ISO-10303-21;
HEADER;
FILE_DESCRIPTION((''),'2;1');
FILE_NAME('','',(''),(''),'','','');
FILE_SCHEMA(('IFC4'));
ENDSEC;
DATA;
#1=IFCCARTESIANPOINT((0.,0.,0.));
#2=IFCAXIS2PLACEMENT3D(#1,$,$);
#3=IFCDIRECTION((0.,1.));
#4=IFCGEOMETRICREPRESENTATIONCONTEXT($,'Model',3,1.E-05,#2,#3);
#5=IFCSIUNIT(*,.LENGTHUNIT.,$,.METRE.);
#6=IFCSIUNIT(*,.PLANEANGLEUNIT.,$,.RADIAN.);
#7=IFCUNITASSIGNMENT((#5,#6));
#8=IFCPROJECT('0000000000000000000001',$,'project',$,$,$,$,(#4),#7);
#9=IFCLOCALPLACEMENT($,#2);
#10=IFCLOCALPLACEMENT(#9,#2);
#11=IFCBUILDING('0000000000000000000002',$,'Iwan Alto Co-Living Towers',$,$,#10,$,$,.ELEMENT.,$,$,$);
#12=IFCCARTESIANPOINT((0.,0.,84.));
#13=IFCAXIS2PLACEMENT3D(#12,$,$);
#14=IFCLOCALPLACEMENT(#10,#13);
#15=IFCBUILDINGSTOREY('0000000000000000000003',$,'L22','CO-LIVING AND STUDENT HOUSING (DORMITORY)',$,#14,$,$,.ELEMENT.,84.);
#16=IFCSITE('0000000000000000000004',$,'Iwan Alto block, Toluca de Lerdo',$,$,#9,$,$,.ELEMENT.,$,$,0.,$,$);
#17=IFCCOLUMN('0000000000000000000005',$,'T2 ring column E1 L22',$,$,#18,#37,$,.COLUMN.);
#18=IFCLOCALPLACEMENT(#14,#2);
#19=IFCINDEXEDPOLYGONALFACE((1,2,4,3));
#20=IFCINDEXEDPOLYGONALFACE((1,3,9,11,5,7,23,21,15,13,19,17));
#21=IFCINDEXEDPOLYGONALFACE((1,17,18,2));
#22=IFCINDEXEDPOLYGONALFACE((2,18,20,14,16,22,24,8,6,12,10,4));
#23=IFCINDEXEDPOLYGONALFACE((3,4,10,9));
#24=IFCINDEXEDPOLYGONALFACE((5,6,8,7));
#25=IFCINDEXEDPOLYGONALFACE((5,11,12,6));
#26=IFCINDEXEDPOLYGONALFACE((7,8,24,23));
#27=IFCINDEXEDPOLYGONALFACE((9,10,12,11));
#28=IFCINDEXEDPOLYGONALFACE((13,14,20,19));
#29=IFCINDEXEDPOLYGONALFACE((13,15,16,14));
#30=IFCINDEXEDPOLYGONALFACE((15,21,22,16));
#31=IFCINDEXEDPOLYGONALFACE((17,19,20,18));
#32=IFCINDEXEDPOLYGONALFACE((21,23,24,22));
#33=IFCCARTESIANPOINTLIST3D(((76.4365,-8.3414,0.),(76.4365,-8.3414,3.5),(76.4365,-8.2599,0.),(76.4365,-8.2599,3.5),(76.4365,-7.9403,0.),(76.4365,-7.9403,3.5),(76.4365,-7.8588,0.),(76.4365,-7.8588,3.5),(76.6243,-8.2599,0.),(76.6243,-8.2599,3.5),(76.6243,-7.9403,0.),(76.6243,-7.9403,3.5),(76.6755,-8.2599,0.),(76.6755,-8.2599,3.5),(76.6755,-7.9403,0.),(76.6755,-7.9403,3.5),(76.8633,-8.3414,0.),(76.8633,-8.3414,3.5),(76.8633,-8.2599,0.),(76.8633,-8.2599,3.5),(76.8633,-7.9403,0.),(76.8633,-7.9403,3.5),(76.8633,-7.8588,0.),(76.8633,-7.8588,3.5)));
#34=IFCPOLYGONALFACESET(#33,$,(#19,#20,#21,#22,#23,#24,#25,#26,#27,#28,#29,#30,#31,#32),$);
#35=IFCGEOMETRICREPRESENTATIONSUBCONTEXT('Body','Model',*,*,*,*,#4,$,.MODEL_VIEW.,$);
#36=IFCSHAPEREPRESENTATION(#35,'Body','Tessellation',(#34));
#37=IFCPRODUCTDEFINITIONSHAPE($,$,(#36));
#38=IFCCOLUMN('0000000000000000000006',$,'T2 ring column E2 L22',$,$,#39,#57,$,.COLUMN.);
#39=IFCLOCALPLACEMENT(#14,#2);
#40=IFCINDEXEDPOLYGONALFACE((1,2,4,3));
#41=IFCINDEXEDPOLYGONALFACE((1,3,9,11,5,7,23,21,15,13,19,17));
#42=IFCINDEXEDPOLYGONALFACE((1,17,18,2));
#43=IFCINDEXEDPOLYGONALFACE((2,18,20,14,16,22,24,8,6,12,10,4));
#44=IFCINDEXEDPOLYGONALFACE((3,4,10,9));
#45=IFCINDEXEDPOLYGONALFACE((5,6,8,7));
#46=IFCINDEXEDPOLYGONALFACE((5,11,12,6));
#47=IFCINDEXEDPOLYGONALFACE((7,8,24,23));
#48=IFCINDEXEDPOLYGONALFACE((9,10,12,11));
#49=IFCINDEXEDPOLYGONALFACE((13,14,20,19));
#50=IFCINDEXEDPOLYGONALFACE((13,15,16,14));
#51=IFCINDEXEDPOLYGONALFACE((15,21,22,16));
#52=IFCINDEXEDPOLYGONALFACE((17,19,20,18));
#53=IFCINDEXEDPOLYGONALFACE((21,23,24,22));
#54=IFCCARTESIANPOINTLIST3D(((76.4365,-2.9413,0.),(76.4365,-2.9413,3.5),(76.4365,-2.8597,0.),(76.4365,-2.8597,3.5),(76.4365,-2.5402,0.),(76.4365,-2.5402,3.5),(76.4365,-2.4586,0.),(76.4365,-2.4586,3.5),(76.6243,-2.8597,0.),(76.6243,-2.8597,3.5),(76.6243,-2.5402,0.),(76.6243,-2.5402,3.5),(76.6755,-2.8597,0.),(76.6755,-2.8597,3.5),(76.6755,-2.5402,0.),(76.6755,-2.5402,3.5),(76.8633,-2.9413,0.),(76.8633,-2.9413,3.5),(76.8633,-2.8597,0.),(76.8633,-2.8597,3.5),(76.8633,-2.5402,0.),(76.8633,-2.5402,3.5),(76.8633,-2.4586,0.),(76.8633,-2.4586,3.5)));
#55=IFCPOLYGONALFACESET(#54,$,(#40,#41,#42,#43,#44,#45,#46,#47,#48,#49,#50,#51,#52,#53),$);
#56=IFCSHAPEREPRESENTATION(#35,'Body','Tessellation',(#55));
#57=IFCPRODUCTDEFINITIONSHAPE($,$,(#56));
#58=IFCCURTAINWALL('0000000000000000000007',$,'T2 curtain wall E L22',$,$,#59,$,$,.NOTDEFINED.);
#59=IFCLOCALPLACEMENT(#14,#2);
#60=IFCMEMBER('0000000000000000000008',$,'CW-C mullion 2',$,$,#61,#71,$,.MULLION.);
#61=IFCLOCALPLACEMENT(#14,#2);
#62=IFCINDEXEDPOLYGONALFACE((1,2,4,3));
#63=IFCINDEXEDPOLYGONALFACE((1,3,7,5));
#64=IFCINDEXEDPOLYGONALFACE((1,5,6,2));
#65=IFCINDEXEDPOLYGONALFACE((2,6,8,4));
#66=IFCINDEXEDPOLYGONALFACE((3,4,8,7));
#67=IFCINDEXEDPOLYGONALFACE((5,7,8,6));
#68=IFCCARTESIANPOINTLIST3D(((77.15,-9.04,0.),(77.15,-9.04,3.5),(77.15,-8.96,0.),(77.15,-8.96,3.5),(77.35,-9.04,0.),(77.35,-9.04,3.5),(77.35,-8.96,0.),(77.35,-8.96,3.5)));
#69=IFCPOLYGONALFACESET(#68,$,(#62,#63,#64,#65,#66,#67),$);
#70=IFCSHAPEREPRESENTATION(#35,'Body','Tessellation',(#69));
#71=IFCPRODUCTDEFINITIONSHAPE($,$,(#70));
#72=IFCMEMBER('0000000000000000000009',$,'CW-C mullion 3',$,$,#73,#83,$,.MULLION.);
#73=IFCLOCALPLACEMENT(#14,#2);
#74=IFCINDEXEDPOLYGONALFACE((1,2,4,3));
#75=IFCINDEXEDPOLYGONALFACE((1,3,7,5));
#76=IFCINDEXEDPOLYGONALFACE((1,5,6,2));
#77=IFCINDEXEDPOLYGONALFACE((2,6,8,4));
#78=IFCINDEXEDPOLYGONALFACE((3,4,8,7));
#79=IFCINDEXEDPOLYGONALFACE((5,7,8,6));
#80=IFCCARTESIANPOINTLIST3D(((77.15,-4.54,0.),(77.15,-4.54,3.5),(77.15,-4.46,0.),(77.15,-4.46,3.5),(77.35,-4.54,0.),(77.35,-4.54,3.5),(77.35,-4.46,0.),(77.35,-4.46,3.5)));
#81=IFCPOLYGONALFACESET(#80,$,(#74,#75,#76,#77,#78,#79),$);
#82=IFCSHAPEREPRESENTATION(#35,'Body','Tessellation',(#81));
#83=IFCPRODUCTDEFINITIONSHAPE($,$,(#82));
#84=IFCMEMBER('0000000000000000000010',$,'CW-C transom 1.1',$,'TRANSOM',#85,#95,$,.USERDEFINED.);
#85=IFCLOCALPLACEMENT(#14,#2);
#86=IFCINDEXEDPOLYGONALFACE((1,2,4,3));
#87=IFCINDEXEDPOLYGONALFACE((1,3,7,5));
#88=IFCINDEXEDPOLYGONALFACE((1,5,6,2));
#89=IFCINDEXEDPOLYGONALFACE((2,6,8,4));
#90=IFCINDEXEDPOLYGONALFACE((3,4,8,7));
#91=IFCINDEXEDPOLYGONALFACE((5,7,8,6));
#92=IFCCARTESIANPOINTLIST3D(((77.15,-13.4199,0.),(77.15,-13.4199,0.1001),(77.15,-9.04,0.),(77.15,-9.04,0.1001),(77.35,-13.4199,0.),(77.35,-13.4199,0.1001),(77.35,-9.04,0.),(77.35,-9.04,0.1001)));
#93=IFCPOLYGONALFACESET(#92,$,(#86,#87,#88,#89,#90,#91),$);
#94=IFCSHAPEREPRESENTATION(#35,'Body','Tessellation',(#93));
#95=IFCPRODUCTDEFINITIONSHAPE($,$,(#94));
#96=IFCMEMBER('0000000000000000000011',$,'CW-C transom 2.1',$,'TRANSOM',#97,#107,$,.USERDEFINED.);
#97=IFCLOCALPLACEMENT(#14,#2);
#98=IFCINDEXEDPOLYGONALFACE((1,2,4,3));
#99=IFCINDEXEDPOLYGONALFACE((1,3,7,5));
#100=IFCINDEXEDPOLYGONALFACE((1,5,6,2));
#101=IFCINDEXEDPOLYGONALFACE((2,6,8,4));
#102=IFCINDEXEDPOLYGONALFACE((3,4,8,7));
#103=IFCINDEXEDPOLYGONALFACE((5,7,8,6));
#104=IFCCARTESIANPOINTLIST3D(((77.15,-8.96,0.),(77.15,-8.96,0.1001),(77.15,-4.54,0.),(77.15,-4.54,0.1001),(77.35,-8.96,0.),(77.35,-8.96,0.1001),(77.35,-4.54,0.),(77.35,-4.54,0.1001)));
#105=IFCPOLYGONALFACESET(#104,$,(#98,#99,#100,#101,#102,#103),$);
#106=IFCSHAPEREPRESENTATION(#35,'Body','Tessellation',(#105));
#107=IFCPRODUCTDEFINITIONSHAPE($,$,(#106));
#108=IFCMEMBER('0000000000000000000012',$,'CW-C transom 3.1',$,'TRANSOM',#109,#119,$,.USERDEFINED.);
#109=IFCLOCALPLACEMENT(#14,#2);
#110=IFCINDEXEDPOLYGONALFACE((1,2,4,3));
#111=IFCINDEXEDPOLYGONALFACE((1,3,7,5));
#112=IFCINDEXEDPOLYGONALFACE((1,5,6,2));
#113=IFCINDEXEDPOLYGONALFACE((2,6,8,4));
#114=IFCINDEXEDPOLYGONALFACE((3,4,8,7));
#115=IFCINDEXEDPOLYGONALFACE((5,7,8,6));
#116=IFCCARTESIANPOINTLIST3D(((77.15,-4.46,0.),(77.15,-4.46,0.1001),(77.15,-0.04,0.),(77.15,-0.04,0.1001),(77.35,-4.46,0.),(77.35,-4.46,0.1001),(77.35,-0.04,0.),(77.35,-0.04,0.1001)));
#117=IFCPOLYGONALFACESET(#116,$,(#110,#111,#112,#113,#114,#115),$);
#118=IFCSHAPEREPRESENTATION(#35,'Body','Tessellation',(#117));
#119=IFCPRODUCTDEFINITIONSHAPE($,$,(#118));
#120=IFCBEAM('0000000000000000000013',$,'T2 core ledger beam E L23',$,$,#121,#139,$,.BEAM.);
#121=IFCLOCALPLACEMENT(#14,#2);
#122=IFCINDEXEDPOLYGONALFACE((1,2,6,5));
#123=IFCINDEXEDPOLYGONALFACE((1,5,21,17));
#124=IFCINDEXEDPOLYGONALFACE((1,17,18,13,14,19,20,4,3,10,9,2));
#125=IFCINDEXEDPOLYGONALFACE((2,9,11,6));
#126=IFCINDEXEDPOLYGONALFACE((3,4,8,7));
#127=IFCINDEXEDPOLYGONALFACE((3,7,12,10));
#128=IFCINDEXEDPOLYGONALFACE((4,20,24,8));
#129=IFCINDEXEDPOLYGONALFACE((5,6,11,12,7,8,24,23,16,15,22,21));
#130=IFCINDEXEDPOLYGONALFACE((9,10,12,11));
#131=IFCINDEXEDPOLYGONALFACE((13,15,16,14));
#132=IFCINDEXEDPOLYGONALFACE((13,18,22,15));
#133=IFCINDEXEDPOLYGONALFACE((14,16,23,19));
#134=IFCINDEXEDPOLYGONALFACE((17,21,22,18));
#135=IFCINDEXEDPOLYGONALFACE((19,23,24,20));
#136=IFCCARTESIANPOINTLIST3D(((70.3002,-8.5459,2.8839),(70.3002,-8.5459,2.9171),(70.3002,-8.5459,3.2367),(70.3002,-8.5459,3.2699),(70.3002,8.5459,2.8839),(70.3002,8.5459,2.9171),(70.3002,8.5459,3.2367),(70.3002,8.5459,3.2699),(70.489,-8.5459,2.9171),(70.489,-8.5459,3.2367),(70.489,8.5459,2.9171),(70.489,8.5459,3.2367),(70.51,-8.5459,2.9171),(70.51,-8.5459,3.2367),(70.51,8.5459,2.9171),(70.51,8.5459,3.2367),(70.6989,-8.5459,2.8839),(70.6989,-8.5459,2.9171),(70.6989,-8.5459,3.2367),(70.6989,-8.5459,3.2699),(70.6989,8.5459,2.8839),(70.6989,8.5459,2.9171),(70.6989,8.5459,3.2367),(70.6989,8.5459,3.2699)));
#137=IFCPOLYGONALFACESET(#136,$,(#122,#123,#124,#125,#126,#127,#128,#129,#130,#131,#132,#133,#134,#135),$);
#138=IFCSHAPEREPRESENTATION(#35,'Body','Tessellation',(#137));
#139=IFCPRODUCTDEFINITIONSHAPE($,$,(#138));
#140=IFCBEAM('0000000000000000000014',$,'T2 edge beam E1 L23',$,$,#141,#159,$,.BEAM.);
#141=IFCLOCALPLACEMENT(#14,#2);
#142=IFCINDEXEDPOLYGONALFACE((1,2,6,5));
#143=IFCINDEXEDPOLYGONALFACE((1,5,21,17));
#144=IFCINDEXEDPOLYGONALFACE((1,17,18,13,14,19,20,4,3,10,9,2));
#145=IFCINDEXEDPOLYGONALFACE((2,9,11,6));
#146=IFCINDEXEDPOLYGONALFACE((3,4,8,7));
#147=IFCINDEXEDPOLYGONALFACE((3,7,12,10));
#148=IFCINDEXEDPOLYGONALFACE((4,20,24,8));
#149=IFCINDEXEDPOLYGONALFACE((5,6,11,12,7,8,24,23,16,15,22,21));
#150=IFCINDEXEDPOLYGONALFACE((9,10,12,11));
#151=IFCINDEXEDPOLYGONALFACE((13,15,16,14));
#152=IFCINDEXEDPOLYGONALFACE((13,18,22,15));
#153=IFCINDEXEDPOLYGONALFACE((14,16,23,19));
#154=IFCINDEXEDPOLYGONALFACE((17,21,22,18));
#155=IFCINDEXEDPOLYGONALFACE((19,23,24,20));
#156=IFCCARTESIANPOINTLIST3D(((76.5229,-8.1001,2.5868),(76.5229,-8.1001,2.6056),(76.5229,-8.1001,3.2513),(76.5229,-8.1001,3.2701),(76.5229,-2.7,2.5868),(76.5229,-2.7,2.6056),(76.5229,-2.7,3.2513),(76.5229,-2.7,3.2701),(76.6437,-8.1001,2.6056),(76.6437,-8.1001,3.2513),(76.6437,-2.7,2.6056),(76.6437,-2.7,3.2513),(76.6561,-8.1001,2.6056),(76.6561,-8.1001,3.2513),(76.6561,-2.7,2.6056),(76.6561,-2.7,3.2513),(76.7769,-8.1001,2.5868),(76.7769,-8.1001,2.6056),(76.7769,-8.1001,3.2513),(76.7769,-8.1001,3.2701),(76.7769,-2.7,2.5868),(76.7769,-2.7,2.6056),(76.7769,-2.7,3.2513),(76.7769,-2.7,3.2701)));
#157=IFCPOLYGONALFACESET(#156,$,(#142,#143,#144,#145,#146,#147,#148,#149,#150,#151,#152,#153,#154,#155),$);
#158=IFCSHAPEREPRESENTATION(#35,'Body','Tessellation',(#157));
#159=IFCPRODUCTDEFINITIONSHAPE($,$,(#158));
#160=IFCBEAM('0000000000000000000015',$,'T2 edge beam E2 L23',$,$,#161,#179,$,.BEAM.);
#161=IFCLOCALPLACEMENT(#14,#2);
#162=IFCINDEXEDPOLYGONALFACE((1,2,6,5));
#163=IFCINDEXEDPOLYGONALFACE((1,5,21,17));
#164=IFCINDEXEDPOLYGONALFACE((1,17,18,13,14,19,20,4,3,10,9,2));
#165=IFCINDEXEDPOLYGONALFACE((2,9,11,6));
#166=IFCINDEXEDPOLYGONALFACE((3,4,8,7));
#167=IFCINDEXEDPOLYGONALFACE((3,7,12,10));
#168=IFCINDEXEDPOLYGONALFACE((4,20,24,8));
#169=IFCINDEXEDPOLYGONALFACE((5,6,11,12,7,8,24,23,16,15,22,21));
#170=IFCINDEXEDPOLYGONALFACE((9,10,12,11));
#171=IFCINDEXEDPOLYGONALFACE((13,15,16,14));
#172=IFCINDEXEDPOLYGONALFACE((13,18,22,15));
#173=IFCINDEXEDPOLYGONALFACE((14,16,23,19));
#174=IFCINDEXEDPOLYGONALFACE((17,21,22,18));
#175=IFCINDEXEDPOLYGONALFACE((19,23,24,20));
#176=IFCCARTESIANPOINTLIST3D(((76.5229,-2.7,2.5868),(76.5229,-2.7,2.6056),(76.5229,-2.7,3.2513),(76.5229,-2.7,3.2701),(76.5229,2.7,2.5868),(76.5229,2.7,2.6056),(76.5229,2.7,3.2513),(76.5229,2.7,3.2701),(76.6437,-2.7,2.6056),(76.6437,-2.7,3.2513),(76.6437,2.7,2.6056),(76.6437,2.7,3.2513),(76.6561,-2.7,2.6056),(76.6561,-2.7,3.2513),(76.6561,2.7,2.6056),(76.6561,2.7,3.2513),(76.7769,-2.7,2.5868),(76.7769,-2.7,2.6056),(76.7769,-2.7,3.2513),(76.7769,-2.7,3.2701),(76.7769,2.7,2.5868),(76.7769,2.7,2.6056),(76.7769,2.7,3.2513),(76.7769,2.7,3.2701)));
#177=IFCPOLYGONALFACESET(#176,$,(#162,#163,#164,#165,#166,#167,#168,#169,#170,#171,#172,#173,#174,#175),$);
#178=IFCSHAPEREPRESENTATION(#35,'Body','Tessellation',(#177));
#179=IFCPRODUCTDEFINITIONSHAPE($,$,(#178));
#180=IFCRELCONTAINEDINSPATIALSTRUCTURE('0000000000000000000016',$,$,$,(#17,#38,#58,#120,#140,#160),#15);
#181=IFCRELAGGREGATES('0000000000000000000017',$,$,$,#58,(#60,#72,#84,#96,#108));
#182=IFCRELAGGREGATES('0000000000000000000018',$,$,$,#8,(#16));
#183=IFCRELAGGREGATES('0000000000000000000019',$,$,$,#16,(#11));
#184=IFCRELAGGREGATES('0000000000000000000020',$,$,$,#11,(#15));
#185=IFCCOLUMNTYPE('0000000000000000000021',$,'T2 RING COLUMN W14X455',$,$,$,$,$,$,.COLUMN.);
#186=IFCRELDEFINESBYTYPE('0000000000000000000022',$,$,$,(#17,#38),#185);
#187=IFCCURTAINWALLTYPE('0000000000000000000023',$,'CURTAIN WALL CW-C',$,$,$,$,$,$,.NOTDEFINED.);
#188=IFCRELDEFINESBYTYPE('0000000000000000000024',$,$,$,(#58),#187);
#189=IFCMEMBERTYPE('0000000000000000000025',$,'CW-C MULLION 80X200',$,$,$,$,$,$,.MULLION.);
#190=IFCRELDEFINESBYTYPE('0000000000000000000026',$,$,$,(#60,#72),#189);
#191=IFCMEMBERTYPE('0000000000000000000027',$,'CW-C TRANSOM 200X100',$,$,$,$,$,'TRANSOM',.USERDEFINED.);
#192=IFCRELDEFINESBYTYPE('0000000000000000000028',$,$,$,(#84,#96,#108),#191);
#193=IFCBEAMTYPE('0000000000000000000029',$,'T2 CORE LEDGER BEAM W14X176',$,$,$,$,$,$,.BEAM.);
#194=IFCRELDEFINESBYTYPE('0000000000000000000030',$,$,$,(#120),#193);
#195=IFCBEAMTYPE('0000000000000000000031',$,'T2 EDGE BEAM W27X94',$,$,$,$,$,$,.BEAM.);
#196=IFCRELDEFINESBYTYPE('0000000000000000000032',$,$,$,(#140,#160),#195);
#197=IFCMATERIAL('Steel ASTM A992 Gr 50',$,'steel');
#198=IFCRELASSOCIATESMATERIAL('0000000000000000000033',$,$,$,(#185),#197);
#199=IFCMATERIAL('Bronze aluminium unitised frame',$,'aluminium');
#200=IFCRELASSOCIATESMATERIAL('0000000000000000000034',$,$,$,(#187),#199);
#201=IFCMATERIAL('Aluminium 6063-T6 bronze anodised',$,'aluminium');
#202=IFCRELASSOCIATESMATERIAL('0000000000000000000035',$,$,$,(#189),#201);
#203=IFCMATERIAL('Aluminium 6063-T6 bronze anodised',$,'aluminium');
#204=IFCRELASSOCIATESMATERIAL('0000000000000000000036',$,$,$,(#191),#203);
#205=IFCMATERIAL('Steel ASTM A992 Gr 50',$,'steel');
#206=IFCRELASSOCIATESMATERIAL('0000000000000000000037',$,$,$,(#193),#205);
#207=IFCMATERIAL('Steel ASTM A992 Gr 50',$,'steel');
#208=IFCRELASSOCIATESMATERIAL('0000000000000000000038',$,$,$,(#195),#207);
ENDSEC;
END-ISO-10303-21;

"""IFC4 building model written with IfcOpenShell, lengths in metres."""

from ifc_helpers import new_model, si_unit, direction, frame, origin, origin_2d, place, context, subcontext, project, spatial, rectangle, i_section, extrude, material, material_profile, profile_set, type_object, element, aggregate, save


model = new_model("IFC4")

# Units and contexts
model_context = context("Model", 3, precision=1e-05, world=origin(), true_north=direction((0.0, 1.0)))
body_context = subcontext(model_context, "Body", "Model", "MODEL_VIEW")
ifc_project = project(units=[si_unit("LENGTHUNIT", "METRE"), si_unit("PLANEANGLEUNIT", "RADIAN")], contexts=[model_context])

# Site, building, storey
site_placement = place(None, origin())
site = spatial("IfcSite", under=ifc_project, at=site_placement, Name="Iwan Alto block, Toluca de Lerdo", CompositionType="ELEMENT", RefElevation=0.0)
building_placement = place(site_placement, origin())
building = spatial("IfcBuilding", under=site, at=building_placement, Name="Iwan Alto Co-Living Towers", CompositionType="ELEMENT")
storey_placement = place(building_placement, frame((0.0, 0.0, 84.0)))
storey = spatial("IfcBuildingStorey", under=building, at=storey_placement, Name="L22", Description="CO-LIVING AND STUDENT HOUSING (DORMITORY)", CompositionType="ELEMENT", Elevation=84.0)

# Columns
ifc_material_1 = material(Name="Steel ASTM A992 Gr 50", Category="steel")
ifc_material_profile_1 = material_profile(ifc_material_1, i_section(OverallWidth=0.4268, OverallDepth=0.4827, WebThickness=0.0513, FlangeThickness=0.0815, at=origin_2d()), Name="W14X455")
ifc_profile_set_1 = profile_set([ifc_material_profile_1], Name="Steel ASTM A992 Gr 50")
column_type = type_object("IfcColumnType", Name="T2 RING COLUMN W14X455", PredefinedType="COLUMN", material=ifc_profile_set_1)
for number, where, z_axis, x_axis, name in (
    (1, (76.6499, -8.1001, 0.0), (0.0, 0.0, 1.0), (1.0, 0.0, 0.0), "T2 ring column E1 L22"),
    (2, (76.6499, -2.7, 0.0), (0.0, 0.0, 1.0), (1.0, 0.0, 0.0), "T2 ring column E2 L22"),
):
    element("IfcColumn", number, at=place(storey_placement, frame(where, z_axis=z_axis, x_axis=x_axis)), inside=storey, type_object=column_type, Name=name, PredefinedType="COLUMN", context=body_context, shape_type="SweptSolid", body=[
        extrude(i_section(OverallWidth=0.4268, OverallDepth=0.4827, WebThickness=0.0513, FlangeThickness=0.0815, at=origin_2d()), origin(), (0.0, 0.0, 1.0), 3.5),
    ])

# Curtain wall, members
ifc_material_2 = material(Name="Bronze aluminium unitised frame", Category="aluminium")
curtain_wall_type = type_object("IfcCurtainWallType", Name="CURTAIN WALL CW-C", PredefinedType="NOTDEFINED", material=ifc_material_2)
curtain_wall_placement = place(storey_placement, origin())
curtain_wall = element("IfcCurtainWall", 3, at=curtain_wall_placement, inside=storey, type_object=curtain_wall_type, Name="T2 curtain wall E L22", PredefinedType="NOTDEFINED")
ifc_material_3 = material(Name="Aluminium 6063-T6 bronze anodised", Category="aluminium")
ifc_material_profile_2 = material_profile(ifc_material_3, rectangle(XDim=0.2, YDim=0.0801, at=origin_2d()), Name="AL 80X200")
ifc_profile_set_2 = profile_set([ifc_material_profile_2], Name="Aluminium 6063-T6 bronze anodised")
member_type_1 = type_object("IfcMemberType", Name="CW-C MULLION 80X200", PredefinedType="MULLION", material=ifc_profile_set_2)
member_1_placement = place(storey_placement, frame((77.25, -9.0, 0.0), z_axis=(0.0, 0.0, 1.0), x_axis=(-1.0, 0.0, 0.0)))
member_1 = element("IfcMember", 4, at=member_1_placement, type_object=member_type_1, Name="CW-C mullion 2", PredefinedType="MULLION", context=body_context, shape_type="SweptSolid", body=[
    extrude(rectangle(XDim=0.2, YDim=0.0801, at=origin_2d()), origin(), (0.0, 0.0, 1.0), 3.5),
])
member_2_placement = place(storey_placement, frame((77.25, -4.5, 0.0), z_axis=(0.0, 0.0, 1.0), x_axis=(-1.0, 0.0, 0.0)))
member_2 = element("IfcMember", 5, at=member_2_placement, type_object=member_type_1, Name="CW-C mullion 3", PredefinedType="MULLION", context=body_context, shape_type="SweptSolid", body=[
    extrude(rectangle(XDim=0.2, YDim=0.0801, at=origin_2d()), origin(), (0.0, 0.0, 1.0), 3.5),
])
ifc_material_4 = material(Name="Aluminium 6063-T6 bronze anodised", Category="aluminium")
ifc_material_profile_3 = material_profile(ifc_material_4, rectangle(XDim=0.2, YDim=0.1001, at=origin_2d()), Name="AL 200X100")
ifc_profile_set_3 = profile_set([ifc_material_profile_3], Name="Aluminium 6063-T6 bronze anodised")
member_type_2 = type_object("IfcMemberType", Name="CW-C TRANSOM 200X100", ElementType="TRANSOM", PredefinedType="USERDEFINED", material=ifc_profile_set_3)
member_3_placement = place(storey_placement, frame((77.25, -13.4199, 0.05), z_axis=(0.0, 1.0, 0.0), x_axis=(-1.0, 0.0, 0.0)))
member_3 = element("IfcMember", 6, at=member_3_placement, type_object=member_type_2, Name="CW-C transom 1.1", ObjectType="TRANSOM", PredefinedType="USERDEFINED", context=body_context, shape_type="SweptSolid", body=[
    extrude(rectangle(XDim=0.2, YDim=0.1001, at=origin_2d()), origin(), (0.0, 0.0, 1.0), 4.3799),
])
member_4_placement = place(storey_placement, frame((77.25, -8.96, 0.05), z_axis=(0.0, 1.0, 0.0), x_axis=(-1.0, 0.0, 0.0)))
member_4 = element("IfcMember", 7, at=member_4_placement, type_object=member_type_2, Name="CW-C transom 2.1", ObjectType="TRANSOM", PredefinedType="USERDEFINED", context=body_context, shape_type="SweptSolid", body=[
    extrude(rectangle(XDim=0.2, YDim=0.1001, at=origin_2d()), origin(), (0.0, 0.0, 1.0), 4.4199),
])
member_5_placement = place(storey_placement, frame((77.25, -4.46, 0.05), z_axis=(0.0, 1.0, 0.0), x_axis=(-1.0, 0.0, 0.0)))
member_5 = element("IfcMember", 8, at=member_5_placement, type_object=member_type_2, Name="CW-C transom 3.1", ObjectType="TRANSOM", PredefinedType="USERDEFINED", context=body_context, shape_type="SweptSolid", body=[
    extrude(rectangle(XDim=0.2, YDim=0.1001, at=origin_2d()), origin(), (0.0, 0.0, 1.0), 4.4199),
])

# Beams
ifc_material_5 = material(Name="Steel ASTM A992 Gr 50", Category="steel")
ifc_material_profile_4 = material_profile(ifc_material_5, i_section(OverallWidth=0.3987, OverallDepth=0.386, WebThickness=0.021, FlangeThickness=0.0332, at=origin_2d()), Name="W14X176")
ifc_profile_set_4 = profile_set([ifc_material_profile_4], Name="Steel ASTM A992 Gr 50")
beam_type_1 = type_object("IfcBeamType", Name="T2 CORE LEDGER BEAM W14X176", PredefinedType="BEAM", material=ifc_profile_set_4)
beam_1_placement = place(storey_placement, frame((70.4995, -8.5459, 3.0769), z_axis=(0.0, 1.0, 0.0), x_axis=(-1.0, 0.0, 0.0)))
element("IfcBeam", 9, at=beam_1_placement, inside=storey, type_object=beam_type_1, Name="T2 core ledger beam E L23", PredefinedType="BEAM", context=body_context, shape_type="SweptSolid", body=[
    extrude(i_section(OverallWidth=0.3987, OverallDepth=0.386, WebThickness=0.021, FlangeThickness=0.0332, at=origin_2d()), origin(), (0.0, 0.0, 1.0), 17.0918),
])
ifc_material_6 = material(Name="Steel ASTM A992 Gr 50", Category="steel")
ifc_material_profile_5 = material_profile(ifc_material_6, i_section(OverallWidth=0.2539, OverallDepth=0.6833, WebThickness=0.0125, FlangeThickness=0.0188, at=origin_2d()), Name="W27X94")
ifc_profile_set_5 = profile_set([ifc_material_profile_5], Name="Steel ASTM A992 Gr 50")
beam_type_2 = type_object("IfcBeamType", Name="T2 EDGE BEAM W27X94", PredefinedType="BEAM", material=ifc_profile_set_5)
beam_2_placement = place(storey_placement, frame((76.6499, -8.1001, 2.9285), z_axis=(0.0, 1.0, 0.0), x_axis=(-1.0, 0.0, 0.0)))
element("IfcBeam", 10, at=beam_2_placement, inside=storey, type_object=beam_type_2, Name="T2 edge beam E1 L23", PredefinedType="BEAM", context=body_context, shape_type="SweptSolid", body=[
    extrude(i_section(OverallWidth=0.2539, OverallDepth=0.6833, WebThickness=0.0125, FlangeThickness=0.0188, at=origin_2d()), origin(), (0.0, 0.0, 1.0), 5.4001),
])
beam_3_placement = place(storey_placement, frame((76.6499, -2.7, 2.9285), z_axis=(0.0, 1.0, 0.0), x_axis=(-1.0, 0.0, 0.0)))
element("IfcBeam", 11, at=beam_3_placement, inside=storey, type_object=beam_type_2, Name="T2 edge beam E2 L23", PredefinedType="BEAM", context=body_context, shape_type="SweptSolid", body=[
    extrude(i_section(OverallWidth=0.2539, OverallDepth=0.6833, WebThickness=0.0125, FlangeThickness=0.0188, at=origin_2d()), origin(), (0.0, 0.0, 1.0), 5.3999),
])

aggregate(curtain_wall, [member_1, member_2, member_3, member_4, member_5])

save(model, "model.ifc")
